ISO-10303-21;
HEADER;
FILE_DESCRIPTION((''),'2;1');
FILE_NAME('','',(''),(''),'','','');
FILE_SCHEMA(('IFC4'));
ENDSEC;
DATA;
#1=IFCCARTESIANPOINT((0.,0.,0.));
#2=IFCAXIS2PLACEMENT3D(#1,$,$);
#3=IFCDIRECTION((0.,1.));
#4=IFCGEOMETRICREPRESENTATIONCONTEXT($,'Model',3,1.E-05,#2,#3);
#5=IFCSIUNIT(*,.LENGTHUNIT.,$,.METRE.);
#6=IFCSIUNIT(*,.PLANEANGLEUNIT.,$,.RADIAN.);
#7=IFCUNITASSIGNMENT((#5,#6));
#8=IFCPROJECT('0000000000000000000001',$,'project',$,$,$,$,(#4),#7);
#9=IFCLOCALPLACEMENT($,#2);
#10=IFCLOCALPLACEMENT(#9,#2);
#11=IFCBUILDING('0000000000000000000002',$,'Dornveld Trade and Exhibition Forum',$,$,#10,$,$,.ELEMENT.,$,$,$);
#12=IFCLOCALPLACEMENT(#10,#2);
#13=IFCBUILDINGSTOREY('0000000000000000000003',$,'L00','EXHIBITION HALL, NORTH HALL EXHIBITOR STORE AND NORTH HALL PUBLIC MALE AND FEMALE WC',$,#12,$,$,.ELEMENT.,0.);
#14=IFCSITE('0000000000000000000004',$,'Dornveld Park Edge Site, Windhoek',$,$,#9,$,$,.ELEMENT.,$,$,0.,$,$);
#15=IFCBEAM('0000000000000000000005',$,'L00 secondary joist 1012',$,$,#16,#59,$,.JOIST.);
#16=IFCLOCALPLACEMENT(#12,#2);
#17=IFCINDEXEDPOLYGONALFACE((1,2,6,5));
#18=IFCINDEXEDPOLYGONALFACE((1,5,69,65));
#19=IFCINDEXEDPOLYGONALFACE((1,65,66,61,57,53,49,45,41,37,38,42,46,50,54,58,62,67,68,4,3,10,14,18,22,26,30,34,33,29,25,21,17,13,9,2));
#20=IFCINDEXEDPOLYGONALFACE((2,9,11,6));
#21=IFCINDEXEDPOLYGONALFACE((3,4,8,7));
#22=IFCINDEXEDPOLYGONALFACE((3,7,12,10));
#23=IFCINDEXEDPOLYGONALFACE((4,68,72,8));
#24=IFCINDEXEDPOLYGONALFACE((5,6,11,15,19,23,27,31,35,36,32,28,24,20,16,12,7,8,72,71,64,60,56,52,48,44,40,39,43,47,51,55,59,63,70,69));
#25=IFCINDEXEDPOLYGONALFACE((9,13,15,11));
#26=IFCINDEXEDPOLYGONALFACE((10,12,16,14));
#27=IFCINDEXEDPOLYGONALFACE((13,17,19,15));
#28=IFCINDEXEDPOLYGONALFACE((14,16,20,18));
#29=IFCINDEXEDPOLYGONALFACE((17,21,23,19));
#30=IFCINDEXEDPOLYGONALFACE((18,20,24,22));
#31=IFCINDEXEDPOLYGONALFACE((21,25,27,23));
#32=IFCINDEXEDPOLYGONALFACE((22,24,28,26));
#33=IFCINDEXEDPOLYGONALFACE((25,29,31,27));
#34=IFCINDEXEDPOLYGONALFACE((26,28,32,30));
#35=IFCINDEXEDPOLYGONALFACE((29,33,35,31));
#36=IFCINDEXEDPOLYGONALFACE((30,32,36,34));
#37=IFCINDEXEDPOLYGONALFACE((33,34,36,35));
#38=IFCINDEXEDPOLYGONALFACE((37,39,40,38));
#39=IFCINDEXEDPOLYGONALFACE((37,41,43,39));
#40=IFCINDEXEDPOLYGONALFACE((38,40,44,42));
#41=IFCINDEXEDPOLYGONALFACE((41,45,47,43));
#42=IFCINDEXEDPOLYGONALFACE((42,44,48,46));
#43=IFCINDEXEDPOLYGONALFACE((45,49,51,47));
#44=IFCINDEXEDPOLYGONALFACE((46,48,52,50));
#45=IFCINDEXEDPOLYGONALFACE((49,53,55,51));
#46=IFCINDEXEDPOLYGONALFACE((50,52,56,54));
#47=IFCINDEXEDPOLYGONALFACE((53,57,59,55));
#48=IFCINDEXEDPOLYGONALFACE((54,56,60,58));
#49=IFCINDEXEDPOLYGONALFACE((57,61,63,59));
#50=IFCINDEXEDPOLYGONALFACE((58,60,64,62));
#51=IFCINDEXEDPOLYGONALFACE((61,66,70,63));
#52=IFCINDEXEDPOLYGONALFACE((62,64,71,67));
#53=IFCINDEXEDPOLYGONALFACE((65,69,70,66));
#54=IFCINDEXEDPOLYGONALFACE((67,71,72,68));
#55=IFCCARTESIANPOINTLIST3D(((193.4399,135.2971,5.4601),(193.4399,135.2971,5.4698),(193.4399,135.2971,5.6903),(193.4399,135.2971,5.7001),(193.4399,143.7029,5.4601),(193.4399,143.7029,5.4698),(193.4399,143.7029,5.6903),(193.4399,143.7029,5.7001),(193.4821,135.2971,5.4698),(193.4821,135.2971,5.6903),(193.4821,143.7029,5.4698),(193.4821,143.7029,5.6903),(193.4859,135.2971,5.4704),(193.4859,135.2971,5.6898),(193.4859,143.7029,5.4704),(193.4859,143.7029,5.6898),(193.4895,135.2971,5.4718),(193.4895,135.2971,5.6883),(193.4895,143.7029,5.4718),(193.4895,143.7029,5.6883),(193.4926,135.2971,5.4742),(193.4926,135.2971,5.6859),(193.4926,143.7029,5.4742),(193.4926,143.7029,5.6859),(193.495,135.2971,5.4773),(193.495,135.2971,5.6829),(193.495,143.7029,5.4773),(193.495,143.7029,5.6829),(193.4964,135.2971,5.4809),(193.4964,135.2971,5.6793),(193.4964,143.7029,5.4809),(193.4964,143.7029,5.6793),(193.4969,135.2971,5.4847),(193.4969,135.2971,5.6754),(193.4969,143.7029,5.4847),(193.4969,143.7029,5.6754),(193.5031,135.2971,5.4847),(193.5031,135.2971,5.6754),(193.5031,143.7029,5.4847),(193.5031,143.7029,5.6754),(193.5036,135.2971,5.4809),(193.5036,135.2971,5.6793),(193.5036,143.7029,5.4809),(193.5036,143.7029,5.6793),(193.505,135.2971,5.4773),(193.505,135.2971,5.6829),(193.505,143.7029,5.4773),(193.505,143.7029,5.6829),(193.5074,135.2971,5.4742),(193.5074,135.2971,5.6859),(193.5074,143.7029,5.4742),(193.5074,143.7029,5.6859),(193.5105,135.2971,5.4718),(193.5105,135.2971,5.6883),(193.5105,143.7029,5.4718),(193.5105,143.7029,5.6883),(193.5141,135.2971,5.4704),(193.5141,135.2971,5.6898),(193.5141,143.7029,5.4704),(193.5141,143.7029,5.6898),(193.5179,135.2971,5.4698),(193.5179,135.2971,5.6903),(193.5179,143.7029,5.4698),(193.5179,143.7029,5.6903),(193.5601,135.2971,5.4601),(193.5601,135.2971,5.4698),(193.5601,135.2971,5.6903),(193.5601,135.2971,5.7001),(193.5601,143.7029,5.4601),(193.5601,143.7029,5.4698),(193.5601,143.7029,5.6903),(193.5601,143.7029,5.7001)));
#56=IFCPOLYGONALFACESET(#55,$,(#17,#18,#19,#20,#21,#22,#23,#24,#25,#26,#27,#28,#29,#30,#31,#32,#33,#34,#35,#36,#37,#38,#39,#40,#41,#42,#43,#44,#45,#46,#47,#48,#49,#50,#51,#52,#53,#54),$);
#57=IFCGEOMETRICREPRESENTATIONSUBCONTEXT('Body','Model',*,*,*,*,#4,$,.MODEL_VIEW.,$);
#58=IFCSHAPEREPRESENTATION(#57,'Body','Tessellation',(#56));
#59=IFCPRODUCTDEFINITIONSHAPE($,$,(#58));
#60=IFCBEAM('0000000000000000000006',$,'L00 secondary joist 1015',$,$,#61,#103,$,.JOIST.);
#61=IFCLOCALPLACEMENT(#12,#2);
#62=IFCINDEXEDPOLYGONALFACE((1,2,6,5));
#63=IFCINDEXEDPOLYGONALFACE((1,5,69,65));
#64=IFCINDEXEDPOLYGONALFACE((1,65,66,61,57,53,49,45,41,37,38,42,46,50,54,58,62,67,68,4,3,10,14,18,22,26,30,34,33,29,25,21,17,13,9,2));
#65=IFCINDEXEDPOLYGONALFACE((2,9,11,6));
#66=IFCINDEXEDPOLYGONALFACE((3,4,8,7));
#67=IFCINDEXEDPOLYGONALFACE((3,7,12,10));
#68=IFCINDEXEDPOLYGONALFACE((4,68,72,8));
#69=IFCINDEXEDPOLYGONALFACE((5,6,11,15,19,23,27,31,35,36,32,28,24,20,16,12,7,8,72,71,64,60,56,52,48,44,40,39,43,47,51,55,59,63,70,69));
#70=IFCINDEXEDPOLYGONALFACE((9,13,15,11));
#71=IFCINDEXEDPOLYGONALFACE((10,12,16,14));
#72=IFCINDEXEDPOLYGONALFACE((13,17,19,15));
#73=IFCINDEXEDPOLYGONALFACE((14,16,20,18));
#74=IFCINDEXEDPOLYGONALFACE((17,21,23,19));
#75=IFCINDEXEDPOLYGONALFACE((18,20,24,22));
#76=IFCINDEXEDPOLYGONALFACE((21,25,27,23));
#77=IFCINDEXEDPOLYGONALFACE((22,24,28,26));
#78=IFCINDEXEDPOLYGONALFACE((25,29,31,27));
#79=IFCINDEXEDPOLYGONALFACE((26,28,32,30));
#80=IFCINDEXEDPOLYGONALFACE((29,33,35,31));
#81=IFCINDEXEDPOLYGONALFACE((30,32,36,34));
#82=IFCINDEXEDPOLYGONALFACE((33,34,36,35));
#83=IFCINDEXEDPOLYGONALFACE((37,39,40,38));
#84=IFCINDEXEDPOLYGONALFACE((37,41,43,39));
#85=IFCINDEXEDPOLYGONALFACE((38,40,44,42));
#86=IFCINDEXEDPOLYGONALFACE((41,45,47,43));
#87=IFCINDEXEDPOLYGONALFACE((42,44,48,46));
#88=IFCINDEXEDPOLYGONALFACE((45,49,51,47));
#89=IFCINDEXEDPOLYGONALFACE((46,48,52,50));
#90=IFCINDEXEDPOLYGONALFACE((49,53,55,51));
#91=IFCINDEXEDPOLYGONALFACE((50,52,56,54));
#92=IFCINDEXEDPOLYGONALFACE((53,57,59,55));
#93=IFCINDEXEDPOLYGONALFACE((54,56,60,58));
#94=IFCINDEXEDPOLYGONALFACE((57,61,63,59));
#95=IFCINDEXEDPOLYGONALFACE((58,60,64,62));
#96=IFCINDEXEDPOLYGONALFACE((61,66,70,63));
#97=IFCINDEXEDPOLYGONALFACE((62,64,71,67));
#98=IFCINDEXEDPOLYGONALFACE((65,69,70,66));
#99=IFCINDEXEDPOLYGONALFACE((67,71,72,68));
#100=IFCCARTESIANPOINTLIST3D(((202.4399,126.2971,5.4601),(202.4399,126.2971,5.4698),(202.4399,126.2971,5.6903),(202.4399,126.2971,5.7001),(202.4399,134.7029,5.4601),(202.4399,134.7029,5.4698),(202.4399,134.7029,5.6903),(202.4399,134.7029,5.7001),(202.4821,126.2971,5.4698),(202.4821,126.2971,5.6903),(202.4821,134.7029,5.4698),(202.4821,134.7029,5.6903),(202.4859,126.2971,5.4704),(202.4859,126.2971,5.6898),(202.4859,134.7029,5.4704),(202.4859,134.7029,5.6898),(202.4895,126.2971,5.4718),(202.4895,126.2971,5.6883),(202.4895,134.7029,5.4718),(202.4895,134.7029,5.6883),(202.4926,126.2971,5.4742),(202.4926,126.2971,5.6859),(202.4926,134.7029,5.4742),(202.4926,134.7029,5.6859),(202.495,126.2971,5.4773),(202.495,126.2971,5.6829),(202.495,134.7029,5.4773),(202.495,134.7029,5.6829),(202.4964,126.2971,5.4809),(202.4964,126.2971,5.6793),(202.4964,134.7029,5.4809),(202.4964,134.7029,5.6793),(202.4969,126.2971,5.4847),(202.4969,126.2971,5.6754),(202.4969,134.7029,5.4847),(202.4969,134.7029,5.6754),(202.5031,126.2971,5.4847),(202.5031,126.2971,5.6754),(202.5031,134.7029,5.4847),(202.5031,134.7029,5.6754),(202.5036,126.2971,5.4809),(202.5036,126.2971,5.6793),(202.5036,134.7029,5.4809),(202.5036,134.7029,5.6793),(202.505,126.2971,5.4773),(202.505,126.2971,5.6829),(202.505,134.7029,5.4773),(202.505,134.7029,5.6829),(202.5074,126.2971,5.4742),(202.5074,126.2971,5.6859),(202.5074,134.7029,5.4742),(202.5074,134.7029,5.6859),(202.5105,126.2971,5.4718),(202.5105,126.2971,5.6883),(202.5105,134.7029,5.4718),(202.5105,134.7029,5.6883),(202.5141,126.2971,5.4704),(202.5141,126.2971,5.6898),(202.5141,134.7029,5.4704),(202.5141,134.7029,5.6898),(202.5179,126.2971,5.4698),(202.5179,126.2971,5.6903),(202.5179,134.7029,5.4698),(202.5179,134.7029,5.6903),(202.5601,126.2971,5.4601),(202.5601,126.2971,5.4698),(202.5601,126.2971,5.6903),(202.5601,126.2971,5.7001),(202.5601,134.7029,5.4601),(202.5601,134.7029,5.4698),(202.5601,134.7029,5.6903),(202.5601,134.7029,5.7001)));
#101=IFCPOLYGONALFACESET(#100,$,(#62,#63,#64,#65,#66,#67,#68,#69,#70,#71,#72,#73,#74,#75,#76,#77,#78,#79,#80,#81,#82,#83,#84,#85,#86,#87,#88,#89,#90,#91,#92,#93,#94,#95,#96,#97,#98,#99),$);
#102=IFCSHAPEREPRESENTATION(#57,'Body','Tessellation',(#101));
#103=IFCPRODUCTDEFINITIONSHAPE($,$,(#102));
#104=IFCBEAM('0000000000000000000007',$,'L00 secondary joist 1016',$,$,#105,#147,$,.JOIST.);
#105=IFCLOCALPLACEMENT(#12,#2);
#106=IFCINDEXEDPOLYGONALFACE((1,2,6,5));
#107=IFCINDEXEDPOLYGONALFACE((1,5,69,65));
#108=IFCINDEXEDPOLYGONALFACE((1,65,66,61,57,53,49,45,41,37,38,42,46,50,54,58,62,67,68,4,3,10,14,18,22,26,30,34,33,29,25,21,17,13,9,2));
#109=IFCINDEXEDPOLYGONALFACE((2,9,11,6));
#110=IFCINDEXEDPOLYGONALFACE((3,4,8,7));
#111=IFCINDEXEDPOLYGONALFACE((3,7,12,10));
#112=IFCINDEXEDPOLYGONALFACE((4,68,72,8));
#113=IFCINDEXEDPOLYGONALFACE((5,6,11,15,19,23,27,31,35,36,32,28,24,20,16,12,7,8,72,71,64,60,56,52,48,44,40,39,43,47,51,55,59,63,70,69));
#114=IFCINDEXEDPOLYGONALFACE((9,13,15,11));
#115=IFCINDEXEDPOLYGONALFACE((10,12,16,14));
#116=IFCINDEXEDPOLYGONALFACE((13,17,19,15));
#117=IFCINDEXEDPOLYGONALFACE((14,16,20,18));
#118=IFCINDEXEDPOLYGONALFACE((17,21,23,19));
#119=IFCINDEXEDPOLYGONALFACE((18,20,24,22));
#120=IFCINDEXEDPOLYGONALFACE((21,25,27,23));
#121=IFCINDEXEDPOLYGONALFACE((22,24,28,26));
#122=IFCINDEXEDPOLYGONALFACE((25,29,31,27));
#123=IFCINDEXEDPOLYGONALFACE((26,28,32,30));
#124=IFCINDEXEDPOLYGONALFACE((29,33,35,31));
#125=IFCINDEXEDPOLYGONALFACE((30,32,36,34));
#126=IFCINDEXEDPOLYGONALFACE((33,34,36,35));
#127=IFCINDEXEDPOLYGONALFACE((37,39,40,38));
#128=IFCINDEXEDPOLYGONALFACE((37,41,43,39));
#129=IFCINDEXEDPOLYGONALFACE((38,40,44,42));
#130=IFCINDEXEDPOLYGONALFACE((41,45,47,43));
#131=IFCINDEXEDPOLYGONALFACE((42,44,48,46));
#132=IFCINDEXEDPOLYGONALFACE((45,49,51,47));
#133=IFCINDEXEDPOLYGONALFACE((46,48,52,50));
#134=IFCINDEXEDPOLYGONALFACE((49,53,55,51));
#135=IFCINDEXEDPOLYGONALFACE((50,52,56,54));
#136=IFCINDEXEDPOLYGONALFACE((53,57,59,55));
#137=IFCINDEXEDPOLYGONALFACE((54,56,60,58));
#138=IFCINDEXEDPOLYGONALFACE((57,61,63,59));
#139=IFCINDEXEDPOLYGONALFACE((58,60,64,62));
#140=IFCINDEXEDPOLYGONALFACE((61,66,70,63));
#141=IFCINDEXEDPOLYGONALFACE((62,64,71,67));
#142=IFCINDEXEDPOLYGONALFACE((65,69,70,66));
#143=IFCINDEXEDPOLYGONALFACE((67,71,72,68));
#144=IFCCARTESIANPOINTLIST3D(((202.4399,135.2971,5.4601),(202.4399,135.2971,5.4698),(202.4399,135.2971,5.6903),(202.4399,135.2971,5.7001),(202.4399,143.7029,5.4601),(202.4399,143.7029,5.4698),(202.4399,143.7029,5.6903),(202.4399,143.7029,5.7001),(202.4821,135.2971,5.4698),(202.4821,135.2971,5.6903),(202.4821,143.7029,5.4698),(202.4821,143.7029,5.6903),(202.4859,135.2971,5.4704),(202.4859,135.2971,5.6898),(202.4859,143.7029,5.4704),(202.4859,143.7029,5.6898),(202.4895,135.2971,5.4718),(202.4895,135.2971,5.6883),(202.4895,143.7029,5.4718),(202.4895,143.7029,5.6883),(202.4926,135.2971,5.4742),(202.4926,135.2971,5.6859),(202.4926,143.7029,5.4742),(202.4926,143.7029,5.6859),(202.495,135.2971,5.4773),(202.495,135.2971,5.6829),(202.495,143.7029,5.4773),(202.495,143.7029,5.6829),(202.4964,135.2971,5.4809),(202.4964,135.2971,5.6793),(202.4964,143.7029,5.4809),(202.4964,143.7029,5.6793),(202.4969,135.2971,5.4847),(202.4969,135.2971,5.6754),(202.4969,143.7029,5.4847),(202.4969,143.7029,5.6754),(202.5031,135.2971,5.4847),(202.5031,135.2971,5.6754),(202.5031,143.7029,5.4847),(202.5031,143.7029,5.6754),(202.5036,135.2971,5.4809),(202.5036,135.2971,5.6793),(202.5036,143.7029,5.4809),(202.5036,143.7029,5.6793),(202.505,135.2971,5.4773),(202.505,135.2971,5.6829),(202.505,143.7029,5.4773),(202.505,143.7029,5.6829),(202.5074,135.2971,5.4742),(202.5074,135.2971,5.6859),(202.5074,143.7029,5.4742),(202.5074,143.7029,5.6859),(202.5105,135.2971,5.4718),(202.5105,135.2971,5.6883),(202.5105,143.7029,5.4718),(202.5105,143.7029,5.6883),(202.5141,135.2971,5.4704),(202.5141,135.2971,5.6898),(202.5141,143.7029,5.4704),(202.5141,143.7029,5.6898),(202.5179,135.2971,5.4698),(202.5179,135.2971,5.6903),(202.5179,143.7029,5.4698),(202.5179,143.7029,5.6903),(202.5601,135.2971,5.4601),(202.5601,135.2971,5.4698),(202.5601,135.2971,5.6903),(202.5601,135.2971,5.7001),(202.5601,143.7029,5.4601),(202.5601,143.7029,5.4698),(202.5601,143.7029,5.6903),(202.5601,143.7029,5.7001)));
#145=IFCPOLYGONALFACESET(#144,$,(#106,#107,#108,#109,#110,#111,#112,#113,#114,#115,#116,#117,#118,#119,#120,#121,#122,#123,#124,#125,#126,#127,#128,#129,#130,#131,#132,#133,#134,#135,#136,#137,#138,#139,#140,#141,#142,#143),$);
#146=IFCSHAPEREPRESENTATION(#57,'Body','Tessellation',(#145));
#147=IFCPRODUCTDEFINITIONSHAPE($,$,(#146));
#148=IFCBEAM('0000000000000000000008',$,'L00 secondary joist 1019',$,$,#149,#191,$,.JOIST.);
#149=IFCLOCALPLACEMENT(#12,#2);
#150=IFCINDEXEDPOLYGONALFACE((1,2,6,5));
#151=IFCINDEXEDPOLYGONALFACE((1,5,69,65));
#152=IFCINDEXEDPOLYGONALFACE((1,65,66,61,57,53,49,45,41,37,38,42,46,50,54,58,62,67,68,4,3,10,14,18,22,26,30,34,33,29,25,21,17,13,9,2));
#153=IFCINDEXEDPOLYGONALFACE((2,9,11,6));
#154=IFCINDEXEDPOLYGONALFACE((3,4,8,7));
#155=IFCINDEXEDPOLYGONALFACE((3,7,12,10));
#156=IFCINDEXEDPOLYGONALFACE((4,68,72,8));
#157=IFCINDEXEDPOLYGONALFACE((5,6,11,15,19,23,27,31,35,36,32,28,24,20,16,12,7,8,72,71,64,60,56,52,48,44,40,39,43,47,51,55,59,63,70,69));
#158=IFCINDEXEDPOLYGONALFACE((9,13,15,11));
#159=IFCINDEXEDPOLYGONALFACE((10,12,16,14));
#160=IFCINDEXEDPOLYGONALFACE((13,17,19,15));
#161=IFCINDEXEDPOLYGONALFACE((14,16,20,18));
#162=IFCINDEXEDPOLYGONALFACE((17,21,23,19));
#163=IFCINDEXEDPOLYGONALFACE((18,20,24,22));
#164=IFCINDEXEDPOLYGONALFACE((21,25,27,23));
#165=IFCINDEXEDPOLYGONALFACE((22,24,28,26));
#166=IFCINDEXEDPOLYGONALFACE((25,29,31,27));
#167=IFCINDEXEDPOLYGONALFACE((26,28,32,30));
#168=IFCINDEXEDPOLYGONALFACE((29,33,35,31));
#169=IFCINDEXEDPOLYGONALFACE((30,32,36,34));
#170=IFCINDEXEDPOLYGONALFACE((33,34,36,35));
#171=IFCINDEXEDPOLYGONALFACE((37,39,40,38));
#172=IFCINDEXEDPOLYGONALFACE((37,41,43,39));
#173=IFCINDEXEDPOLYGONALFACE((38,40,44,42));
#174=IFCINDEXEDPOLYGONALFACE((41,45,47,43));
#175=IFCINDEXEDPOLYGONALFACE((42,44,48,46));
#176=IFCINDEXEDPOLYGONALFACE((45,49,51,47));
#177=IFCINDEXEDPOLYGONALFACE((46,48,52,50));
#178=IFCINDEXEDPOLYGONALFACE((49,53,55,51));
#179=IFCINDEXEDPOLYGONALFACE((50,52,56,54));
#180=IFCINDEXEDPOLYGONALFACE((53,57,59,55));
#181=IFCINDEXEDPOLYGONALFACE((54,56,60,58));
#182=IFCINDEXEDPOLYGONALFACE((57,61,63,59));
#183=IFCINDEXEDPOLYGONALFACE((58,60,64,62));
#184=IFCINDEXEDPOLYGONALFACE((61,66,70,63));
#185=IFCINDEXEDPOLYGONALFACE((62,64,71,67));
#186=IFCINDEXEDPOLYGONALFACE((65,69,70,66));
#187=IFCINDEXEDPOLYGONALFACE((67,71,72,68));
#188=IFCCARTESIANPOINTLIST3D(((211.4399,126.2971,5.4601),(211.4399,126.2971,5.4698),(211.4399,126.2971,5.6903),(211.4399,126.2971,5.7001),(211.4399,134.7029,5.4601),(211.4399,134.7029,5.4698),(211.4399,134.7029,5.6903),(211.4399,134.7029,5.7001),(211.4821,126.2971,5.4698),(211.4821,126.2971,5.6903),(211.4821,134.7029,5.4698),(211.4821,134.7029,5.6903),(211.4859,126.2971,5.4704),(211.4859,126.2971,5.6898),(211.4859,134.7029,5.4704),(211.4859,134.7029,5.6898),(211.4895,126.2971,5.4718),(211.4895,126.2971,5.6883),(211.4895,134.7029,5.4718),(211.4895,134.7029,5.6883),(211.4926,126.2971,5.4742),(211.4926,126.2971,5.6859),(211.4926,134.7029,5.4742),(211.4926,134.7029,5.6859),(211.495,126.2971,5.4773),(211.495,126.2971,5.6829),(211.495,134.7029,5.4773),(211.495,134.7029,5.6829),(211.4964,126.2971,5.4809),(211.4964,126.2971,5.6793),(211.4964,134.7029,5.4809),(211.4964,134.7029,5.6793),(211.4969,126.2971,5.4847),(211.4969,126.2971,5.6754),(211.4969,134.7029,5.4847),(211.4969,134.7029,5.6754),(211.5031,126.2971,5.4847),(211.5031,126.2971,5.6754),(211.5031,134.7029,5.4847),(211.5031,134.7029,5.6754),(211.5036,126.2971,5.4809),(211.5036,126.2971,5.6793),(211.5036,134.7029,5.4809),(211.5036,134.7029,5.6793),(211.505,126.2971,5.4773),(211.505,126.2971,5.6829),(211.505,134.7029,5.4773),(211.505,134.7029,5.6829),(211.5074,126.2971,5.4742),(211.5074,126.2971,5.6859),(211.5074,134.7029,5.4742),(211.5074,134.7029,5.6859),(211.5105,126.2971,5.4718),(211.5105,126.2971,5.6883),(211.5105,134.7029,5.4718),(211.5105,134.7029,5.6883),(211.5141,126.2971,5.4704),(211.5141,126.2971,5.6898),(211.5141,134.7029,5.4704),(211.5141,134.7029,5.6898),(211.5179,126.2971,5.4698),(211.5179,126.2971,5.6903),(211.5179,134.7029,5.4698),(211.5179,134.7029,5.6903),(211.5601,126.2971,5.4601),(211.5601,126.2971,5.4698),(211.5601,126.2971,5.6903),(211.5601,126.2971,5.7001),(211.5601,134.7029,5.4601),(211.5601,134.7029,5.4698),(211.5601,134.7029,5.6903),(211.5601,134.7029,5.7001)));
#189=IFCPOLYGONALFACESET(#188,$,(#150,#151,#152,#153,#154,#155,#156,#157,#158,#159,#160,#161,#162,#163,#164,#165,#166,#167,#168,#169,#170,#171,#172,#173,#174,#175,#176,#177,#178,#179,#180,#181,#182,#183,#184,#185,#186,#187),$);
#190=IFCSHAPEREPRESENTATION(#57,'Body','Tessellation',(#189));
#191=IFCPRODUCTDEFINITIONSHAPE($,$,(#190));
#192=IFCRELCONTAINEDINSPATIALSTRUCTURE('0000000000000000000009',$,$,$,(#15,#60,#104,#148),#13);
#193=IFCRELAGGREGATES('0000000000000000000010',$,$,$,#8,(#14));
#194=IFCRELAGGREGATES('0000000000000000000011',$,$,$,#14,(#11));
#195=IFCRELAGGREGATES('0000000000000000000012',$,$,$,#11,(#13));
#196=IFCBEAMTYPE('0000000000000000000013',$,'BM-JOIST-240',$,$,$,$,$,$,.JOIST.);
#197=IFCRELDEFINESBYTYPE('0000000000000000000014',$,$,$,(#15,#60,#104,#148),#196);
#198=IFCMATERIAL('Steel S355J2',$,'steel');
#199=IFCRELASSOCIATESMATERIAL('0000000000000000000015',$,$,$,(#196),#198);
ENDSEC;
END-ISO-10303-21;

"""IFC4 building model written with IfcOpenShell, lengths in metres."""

from ifc_helpers import new_model, si_unit, direction, frame, origin, origin_2d, place, context, subcontext, project, spatial, i_section, extrude, material, material_profile, profile_set, type_object, element, save


model = new_model("IFC4")

# Units and contexts
model_context = context("Model", 3, precision=1e-05, world=origin(), true_north=direction((0.0, 1.0)))
body_context = subcontext(model_context, "Body", "Model", "MODEL_VIEW")
ifc_project = project(units=[si_unit("LENGTHUNIT", "METRE"), si_unit("PLANEANGLEUNIT", "RADIAN")], contexts=[model_context])

# Site, building, storey
site_placement = place(None, origin())
site = spatial("IfcSite", under=ifc_project, at=site_placement, Name="Dornveld Park Edge Site, Windhoek", CompositionType="ELEMENT", RefElevation=0.0)
building_placement = place(site_placement, origin())
building = spatial("IfcBuilding", under=site, at=building_placement, Name="Dornveld Trade and Exhibition Forum", CompositionType="ELEMENT")
storey_placement = place(building_placement, origin())
storey = spatial("IfcBuildingStorey", under=building, at=storey_placement, Name="L00", Description="EXHIBITION HALL, NORTH HALL EXHIBITOR STORE AND NORTH HALL PUBLIC MALE AND FEMALE WC", CompositionType="ELEMENT", Elevation=0.0)

# Beams
ifc_material_1 = material(Name="Steel S355J2", Category="steel")
ifc_material_profile_1 = material_profile(ifc_material_1, i_section(OverallWidth=0.1201, OverallDepth=0.24, WebThickness=0.0061, FlangeThickness=0.0098, FilletRadius=0.0149, at=origin_2d()), Name="IPE 240")
ifc_profile_set_1 = profile_set([ifc_material_profile_1], Name="Steel S355J2")
beam_type_1 = type_object("IfcBeamType", Name="BM-JOIST-240", PredefinedType="JOIST", material=ifc_profile_set_1)
for number, where, z_axis, x_axis, name in (
    (1, (193.5, 135.2971, 5.5801), (0.0, 1.0, 0.0), (-1.0, 0.0, 0.0), "L00 secondary joist 1012"),
    (2, (202.5, 126.2971, 5.5801), (0.0, 1.0, 0.0), (-1.0, 0.0, 0.0), "L00 secondary joist 1015"),
    (3, (202.5, 135.2971, 5.5801), (0.0, 1.0, 0.0), (-1.0, 0.0, 0.0), "L00 secondary joist 1016"),
    (4, (211.5, 126.2971, 5.5801), (0.0, 1.0, 0.0), (-1.0, 0.0, 0.0), "L00 secondary joist 1019"),
):
    element("IfcBeam", number, at=place(storey_placement, frame(where, z_axis=z_axis, x_axis=x_axis)), inside=storey, type_object=beam_type_1, Name=name, PredefinedType="JOIST", context=body_context, shape_type="SweptSolid", body=[
        extrude(i_section(OverallWidth=0.1201, OverallDepth=0.24, WebThickness=0.0061, FlangeThickness=0.0098, FilletRadius=0.0149, at=origin_2d()), origin(), (0.0, 0.0, 1.0), 8.4058),
    ])

save(model, "model.ifc")
